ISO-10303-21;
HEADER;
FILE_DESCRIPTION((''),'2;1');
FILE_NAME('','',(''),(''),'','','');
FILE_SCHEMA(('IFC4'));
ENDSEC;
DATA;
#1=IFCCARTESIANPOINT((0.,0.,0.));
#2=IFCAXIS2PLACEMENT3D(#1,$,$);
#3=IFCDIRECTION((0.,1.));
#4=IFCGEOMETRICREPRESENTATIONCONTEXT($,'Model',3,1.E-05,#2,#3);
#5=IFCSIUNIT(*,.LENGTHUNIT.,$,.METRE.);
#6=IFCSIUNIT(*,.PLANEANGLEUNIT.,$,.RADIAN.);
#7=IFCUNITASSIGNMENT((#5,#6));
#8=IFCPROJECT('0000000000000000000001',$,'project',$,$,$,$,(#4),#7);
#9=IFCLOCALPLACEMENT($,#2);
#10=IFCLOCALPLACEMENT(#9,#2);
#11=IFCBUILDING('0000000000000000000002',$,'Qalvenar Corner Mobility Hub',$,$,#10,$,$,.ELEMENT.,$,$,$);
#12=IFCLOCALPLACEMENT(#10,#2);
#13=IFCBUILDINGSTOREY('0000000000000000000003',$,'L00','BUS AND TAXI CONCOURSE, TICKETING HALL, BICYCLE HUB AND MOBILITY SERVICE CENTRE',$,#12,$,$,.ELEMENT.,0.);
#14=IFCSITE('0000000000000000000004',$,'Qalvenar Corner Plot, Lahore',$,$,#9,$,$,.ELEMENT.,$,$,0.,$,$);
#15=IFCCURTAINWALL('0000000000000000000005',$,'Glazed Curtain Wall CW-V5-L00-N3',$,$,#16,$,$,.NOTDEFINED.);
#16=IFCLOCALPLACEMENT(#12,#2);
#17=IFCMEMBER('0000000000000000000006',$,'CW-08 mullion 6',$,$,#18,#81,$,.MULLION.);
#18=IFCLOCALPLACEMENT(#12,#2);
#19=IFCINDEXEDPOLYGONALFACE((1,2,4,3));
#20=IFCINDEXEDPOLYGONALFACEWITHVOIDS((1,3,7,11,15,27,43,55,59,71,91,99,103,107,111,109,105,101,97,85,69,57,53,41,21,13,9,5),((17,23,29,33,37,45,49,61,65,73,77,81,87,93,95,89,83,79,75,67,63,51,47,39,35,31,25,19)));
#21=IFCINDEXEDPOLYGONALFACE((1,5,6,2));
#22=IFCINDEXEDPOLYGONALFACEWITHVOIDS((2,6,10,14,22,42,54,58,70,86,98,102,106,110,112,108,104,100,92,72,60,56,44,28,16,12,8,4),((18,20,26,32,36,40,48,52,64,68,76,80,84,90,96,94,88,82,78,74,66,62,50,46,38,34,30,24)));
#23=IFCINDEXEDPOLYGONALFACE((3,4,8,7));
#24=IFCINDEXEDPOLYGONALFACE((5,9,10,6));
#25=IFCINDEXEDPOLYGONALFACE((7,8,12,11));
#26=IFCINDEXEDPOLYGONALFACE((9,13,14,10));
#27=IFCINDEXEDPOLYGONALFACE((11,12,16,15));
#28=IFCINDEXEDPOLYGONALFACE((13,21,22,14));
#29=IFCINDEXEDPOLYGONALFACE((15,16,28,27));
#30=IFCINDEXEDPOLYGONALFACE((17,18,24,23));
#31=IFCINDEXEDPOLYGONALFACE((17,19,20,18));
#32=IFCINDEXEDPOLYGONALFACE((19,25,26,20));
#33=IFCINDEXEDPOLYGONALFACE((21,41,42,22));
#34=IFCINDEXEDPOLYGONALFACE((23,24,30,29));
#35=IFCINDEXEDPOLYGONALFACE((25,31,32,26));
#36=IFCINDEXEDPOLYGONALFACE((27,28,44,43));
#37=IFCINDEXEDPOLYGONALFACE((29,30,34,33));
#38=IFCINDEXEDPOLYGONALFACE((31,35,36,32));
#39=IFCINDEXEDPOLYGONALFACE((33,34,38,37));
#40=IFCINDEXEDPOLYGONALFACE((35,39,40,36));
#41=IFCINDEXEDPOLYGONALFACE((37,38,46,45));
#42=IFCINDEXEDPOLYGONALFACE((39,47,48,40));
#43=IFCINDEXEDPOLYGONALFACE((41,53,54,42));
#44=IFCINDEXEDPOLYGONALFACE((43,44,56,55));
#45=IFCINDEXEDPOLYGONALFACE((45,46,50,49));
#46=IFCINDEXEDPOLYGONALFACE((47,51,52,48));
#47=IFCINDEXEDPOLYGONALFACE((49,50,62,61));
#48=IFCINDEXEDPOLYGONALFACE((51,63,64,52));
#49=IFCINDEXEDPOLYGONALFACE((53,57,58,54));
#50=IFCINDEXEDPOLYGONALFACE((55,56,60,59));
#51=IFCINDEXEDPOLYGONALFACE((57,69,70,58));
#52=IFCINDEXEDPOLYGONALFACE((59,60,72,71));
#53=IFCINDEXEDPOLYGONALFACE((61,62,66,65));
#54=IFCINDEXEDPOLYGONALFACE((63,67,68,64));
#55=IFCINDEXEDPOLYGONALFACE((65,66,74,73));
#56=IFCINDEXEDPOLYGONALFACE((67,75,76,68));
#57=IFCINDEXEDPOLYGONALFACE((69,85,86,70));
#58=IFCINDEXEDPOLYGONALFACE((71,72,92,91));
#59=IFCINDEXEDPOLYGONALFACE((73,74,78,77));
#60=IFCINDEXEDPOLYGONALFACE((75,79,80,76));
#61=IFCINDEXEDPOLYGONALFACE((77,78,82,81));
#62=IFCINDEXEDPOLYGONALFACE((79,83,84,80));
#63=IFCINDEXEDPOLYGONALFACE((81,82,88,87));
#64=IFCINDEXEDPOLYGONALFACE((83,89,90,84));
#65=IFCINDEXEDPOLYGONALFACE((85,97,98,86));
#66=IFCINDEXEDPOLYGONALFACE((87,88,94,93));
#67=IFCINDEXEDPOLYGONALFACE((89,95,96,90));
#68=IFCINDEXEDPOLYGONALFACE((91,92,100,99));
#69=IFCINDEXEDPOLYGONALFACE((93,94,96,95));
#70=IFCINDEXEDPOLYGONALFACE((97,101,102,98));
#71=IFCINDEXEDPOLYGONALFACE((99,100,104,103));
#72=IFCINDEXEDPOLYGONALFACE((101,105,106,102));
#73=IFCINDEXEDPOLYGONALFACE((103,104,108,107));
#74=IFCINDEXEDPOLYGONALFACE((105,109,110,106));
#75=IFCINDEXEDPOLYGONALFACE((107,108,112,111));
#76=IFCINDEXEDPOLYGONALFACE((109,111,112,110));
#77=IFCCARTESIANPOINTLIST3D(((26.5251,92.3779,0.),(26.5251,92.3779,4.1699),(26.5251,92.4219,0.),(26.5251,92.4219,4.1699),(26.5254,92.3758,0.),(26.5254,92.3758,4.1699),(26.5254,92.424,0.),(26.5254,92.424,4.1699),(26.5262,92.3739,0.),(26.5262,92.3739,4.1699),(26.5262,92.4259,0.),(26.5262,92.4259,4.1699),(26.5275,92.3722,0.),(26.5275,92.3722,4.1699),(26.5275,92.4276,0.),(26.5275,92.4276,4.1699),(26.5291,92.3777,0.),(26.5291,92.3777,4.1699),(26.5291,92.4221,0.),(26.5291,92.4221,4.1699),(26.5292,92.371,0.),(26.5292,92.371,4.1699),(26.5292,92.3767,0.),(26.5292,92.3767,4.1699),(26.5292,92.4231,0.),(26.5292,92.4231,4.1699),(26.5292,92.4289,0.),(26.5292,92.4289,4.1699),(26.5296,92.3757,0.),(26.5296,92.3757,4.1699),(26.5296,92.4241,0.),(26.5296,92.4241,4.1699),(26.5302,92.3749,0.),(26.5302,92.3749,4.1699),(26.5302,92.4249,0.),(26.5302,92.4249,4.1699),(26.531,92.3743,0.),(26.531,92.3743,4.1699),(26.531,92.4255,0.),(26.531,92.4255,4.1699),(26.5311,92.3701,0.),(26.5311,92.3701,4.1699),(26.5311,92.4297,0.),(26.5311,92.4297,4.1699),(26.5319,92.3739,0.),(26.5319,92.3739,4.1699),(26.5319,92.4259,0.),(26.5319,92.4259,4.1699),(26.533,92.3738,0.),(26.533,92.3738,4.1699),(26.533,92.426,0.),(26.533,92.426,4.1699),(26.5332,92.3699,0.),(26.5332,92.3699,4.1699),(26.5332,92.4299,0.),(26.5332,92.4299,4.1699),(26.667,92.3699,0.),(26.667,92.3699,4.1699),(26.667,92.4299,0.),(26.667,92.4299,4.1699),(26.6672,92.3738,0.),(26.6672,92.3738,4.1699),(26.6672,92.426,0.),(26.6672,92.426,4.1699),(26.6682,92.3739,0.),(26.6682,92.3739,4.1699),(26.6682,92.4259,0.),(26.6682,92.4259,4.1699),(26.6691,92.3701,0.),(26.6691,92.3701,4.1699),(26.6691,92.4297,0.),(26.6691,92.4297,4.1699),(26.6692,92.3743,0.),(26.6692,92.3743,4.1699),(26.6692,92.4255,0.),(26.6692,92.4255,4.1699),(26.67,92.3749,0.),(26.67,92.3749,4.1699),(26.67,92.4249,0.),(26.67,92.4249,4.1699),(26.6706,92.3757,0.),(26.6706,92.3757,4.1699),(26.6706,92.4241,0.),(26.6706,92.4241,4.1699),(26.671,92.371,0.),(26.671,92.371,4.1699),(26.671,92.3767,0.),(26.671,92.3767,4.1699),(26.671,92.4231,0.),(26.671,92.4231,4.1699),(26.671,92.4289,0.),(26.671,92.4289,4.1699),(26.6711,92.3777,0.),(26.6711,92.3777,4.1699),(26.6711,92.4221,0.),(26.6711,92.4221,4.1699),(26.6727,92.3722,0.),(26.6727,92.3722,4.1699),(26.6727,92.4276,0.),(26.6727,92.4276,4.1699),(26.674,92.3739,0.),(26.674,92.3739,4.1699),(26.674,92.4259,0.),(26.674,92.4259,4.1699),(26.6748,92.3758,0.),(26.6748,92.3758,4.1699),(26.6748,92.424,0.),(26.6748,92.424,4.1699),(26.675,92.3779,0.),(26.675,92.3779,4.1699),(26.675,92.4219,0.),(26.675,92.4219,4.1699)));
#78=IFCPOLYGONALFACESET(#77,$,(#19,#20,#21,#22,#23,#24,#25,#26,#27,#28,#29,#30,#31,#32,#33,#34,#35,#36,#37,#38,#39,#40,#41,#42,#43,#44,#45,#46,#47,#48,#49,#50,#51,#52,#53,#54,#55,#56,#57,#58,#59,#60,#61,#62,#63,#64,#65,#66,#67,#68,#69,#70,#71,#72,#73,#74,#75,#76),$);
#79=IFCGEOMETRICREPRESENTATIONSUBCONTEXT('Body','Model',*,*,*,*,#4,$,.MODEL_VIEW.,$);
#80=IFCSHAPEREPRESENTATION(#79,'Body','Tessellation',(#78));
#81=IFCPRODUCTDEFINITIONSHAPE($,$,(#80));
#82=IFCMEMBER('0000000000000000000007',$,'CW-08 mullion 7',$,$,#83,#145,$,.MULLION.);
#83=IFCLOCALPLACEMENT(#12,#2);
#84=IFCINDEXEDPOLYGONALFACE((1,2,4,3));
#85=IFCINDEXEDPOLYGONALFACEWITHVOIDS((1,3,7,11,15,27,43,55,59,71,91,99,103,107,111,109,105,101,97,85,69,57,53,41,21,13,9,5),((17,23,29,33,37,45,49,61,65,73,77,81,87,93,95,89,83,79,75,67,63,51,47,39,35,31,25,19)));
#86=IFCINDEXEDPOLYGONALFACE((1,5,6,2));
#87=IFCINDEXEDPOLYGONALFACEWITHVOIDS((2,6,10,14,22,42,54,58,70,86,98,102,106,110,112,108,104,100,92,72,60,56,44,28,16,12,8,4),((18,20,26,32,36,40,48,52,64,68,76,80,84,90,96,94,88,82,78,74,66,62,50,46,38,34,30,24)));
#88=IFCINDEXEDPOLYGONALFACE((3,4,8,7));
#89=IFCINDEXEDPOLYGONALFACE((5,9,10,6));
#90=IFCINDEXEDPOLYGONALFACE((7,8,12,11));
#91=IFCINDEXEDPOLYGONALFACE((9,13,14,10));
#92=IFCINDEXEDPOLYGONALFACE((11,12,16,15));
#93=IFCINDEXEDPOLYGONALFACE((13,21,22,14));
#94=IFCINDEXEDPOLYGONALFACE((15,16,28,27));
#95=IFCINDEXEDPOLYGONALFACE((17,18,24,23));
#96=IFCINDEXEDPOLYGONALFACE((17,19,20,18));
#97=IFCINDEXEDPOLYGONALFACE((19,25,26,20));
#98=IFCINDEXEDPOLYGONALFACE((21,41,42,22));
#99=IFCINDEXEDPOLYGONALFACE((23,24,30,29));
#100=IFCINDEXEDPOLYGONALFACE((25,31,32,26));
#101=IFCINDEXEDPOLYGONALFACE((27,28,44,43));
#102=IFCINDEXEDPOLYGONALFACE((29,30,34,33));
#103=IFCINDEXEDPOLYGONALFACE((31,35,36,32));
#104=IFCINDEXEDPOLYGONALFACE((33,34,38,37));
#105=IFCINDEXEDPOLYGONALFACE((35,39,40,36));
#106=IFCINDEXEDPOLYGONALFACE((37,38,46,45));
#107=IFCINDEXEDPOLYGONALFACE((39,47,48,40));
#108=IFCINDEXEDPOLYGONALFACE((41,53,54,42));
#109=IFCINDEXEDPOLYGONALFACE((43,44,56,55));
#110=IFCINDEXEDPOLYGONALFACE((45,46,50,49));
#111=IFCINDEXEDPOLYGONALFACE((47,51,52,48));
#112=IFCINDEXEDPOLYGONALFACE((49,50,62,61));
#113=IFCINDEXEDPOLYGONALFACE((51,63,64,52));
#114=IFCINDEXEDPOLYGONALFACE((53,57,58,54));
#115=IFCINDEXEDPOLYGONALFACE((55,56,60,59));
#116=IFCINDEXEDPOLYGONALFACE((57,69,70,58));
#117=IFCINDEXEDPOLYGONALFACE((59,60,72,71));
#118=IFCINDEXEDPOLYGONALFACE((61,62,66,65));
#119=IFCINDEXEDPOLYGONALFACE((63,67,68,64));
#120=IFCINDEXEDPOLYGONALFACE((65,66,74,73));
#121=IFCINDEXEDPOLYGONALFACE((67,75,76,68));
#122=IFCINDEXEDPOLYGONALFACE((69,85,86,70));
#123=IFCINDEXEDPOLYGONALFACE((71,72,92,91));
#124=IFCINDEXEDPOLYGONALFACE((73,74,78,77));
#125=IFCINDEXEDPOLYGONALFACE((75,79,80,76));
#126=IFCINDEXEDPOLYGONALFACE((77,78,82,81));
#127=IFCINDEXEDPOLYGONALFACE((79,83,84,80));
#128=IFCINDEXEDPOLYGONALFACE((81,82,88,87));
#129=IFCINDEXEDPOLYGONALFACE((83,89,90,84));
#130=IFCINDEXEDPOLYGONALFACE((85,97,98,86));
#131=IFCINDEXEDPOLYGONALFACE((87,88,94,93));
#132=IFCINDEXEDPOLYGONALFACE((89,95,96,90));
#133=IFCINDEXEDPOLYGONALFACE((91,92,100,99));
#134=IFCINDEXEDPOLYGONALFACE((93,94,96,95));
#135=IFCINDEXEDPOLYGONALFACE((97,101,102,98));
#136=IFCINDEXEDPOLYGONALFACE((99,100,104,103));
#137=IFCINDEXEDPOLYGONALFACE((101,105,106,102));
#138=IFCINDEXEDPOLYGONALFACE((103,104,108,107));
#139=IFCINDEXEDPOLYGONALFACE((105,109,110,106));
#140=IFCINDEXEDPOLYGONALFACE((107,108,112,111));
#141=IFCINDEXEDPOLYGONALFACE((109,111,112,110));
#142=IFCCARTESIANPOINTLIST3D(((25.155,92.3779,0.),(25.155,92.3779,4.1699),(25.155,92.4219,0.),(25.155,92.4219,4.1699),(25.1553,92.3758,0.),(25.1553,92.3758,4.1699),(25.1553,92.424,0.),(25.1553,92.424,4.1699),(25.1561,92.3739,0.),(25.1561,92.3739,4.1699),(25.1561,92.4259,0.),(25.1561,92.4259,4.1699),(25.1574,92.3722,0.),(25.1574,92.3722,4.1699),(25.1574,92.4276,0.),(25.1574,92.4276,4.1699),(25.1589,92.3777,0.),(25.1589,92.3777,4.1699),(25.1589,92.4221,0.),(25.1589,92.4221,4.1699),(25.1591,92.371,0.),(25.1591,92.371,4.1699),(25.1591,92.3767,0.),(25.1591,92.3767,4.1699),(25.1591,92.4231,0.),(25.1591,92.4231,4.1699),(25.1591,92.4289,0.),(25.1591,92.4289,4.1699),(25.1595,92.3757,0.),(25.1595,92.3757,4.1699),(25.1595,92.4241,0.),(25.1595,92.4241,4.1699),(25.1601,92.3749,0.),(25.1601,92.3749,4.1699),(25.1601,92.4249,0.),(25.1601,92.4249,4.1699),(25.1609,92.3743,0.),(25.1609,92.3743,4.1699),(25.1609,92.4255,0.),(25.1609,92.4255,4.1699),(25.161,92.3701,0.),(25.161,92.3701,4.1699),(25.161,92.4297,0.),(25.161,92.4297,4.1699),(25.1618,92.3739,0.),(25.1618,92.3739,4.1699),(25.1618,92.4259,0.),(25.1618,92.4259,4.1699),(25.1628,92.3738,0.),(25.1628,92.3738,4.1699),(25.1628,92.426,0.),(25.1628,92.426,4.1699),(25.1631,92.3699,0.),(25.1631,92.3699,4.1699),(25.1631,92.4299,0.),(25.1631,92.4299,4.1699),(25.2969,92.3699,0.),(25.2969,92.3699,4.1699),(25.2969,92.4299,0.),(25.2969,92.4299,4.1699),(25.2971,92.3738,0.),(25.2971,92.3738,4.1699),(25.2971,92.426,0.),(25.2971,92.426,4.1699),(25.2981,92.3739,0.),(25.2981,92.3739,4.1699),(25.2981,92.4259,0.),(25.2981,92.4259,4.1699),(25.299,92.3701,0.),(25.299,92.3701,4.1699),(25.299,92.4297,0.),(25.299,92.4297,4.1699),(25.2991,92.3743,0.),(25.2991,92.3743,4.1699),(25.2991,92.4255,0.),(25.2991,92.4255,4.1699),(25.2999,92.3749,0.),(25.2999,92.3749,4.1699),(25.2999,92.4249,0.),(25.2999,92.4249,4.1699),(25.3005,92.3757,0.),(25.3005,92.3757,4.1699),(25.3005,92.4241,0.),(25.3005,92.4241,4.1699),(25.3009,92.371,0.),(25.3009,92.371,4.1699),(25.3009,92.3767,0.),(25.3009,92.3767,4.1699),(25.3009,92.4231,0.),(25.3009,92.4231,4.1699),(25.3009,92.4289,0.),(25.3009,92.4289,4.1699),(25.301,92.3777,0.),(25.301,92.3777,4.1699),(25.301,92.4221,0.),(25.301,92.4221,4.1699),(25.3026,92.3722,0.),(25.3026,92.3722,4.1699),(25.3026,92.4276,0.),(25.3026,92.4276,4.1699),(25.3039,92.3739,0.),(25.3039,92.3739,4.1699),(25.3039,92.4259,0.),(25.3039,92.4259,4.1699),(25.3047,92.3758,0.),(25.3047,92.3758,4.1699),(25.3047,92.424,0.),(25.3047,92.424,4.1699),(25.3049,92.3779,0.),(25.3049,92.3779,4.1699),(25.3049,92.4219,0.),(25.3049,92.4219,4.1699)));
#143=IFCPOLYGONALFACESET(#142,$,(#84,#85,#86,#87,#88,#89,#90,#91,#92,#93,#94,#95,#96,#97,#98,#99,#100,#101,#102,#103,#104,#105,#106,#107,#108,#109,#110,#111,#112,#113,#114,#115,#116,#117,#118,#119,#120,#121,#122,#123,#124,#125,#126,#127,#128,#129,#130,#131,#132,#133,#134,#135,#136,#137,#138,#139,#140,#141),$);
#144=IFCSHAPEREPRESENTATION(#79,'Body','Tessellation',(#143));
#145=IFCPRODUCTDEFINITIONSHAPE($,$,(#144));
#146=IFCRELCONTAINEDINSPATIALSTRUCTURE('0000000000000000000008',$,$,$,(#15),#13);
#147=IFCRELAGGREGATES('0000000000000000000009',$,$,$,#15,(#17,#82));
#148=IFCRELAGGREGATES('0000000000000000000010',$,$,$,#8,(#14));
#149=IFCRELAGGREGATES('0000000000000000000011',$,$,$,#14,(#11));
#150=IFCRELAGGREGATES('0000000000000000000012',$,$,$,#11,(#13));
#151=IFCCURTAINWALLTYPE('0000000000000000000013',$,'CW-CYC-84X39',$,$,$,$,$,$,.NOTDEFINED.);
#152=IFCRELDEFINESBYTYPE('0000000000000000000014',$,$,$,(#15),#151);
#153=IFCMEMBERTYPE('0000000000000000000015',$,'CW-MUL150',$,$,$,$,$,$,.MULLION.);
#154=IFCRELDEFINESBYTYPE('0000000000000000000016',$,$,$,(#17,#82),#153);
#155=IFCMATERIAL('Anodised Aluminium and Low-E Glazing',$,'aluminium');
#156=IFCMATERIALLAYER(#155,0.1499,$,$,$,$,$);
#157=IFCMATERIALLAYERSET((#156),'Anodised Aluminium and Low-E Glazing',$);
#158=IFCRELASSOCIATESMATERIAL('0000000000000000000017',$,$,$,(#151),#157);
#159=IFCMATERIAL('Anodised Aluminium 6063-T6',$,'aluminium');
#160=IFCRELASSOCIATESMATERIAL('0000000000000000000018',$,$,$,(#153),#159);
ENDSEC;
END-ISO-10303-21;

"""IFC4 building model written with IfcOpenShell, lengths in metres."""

from ifc_helpers import new_model, si_unit, direction, frame, origin, origin_2d, place, context, subcontext, project, spatial, hollow_rectangle, extrude, material, layer, layer_set, material_profile, profile_set, type_object, element, aggregate, save


model = new_model("IFC4")

# Units and contexts
model_context = context("Model", 3, precision=1e-05, world=origin(), true_north=direction((0.0, 1.0)))
body_context = subcontext(model_context, "Body", "Model", "MODEL_VIEW")
ifc_project = project(units=[si_unit("LENGTHUNIT", "METRE"), si_unit("PLANEANGLEUNIT", "RADIAN")], contexts=[model_context])

# Site, building, storey
site_placement = place(None, origin())
site = spatial("IfcSite", under=ifc_project, at=site_placement, Name="Qalvenar Corner Plot, Lahore", CompositionType="ELEMENT", RefElevation=0.0)
building_placement = place(site_placement, origin())
building = spatial("IfcBuilding", under=site, at=building_placement, Name="Qalvenar Corner Mobility Hub", CompositionType="ELEMENT")
storey_placement = place(building_placement, origin())
storey = spatial("IfcBuildingStorey", under=building, at=storey_placement, Name="L00", Description="BUS AND TAXI CONCOURSE, TICKETING HALL, BICYCLE HUB AND MOBILITY SERVICE CENTRE", CompositionType="ELEMENT", Elevation=0.0)

# Curtain wall, members
ifc_material_1 = material(Name="Anodised Aluminium and Low-E Glazing", Category="aluminium")
ifc_layer_1 = layer(ifc_material_1, 0.1499)
ifc_layer_set_1 = layer_set([ifc_layer_1], Name="Anodised Aluminium and Low-E Glazing")
curtain_wall_type = type_object("IfcCurtainWallType", Name="CW-CYC-84X39", PredefinedType="NOTDEFINED", material=ifc_layer_set_1)
ifc_material_2 = material(Name="Anodised Aluminium 6063-T6", Category="aluminium")
ifc_material_profile_1 = material_profile(ifc_material_2, hollow_rectangle(XDim=0.0601, YDim=0.1499, WallThickness=0.0039, InnerFilletRadius=0.0039, OuterFilletRadius=0.0081, at=origin_2d()), Name="RHS150x60x4")
ifc_profile_set_1 = profile_set([ifc_material_profile_1], Name="Anodised Aluminium 6063-T6")
member_type_1 = type_object("IfcMemberType", Name="CW-MUL150", PredefinedType="MULLION", material=ifc_profile_set_1)
curtain_wall_1_placement = place(storey_placement, origin())
curtain_wall_1 = element("IfcCurtainWall", 1, at=curtain_wall_1_placement, inside=storey, type_object=curtain_wall_type, Name="Glazed Curtain Wall CW-V5-L00-N3", PredefinedType="NOTDEFINED")
member_1_placement = place(storey_placement, frame((26.6001, 92.3999, 0.0), z_axis=(0.0, 0.0, 1.0), x_axis=(0.0, -1.0, 0.0)))
member_1 = element("IfcMember", 2, at=member_1_placement, type_object=member_type_1, Name="CW-08 mullion 6", PredefinedType="MULLION", context=body_context, shape_type="SweptSolid", body=[
    extrude(hollow_rectangle(XDim=0.0601, YDim=0.1499, WallThickness=0.0039, InnerFilletRadius=0.0039, OuterFilletRadius=0.0081, at=origin_2d()), origin(), (0.0, 0.0, 1.0), 4.1699),
])
member_2_placement = place(storey_placement, frame((25.23, 92.3999, 0.0), z_axis=(0.0, 0.0, 1.0), x_axis=(0.0, -1.0, 0.0)))
member_2 = element("IfcMember", 3, at=member_2_placement, type_object=member_type_1, Name="CW-08 mullion 7", PredefinedType="MULLION", context=body_context, shape_type="SweptSolid", body=[
    extrude(hollow_rectangle(XDim=0.0601, YDim=0.1499, WallThickness=0.0039, InnerFilletRadius=0.0039, OuterFilletRadius=0.0081, at=origin_2d()), origin(), (0.0, 0.0, 1.0), 4.1699),
])

aggregate(curtain_wall_1, [member_1, member_2])

save(model, "model.ifc")
